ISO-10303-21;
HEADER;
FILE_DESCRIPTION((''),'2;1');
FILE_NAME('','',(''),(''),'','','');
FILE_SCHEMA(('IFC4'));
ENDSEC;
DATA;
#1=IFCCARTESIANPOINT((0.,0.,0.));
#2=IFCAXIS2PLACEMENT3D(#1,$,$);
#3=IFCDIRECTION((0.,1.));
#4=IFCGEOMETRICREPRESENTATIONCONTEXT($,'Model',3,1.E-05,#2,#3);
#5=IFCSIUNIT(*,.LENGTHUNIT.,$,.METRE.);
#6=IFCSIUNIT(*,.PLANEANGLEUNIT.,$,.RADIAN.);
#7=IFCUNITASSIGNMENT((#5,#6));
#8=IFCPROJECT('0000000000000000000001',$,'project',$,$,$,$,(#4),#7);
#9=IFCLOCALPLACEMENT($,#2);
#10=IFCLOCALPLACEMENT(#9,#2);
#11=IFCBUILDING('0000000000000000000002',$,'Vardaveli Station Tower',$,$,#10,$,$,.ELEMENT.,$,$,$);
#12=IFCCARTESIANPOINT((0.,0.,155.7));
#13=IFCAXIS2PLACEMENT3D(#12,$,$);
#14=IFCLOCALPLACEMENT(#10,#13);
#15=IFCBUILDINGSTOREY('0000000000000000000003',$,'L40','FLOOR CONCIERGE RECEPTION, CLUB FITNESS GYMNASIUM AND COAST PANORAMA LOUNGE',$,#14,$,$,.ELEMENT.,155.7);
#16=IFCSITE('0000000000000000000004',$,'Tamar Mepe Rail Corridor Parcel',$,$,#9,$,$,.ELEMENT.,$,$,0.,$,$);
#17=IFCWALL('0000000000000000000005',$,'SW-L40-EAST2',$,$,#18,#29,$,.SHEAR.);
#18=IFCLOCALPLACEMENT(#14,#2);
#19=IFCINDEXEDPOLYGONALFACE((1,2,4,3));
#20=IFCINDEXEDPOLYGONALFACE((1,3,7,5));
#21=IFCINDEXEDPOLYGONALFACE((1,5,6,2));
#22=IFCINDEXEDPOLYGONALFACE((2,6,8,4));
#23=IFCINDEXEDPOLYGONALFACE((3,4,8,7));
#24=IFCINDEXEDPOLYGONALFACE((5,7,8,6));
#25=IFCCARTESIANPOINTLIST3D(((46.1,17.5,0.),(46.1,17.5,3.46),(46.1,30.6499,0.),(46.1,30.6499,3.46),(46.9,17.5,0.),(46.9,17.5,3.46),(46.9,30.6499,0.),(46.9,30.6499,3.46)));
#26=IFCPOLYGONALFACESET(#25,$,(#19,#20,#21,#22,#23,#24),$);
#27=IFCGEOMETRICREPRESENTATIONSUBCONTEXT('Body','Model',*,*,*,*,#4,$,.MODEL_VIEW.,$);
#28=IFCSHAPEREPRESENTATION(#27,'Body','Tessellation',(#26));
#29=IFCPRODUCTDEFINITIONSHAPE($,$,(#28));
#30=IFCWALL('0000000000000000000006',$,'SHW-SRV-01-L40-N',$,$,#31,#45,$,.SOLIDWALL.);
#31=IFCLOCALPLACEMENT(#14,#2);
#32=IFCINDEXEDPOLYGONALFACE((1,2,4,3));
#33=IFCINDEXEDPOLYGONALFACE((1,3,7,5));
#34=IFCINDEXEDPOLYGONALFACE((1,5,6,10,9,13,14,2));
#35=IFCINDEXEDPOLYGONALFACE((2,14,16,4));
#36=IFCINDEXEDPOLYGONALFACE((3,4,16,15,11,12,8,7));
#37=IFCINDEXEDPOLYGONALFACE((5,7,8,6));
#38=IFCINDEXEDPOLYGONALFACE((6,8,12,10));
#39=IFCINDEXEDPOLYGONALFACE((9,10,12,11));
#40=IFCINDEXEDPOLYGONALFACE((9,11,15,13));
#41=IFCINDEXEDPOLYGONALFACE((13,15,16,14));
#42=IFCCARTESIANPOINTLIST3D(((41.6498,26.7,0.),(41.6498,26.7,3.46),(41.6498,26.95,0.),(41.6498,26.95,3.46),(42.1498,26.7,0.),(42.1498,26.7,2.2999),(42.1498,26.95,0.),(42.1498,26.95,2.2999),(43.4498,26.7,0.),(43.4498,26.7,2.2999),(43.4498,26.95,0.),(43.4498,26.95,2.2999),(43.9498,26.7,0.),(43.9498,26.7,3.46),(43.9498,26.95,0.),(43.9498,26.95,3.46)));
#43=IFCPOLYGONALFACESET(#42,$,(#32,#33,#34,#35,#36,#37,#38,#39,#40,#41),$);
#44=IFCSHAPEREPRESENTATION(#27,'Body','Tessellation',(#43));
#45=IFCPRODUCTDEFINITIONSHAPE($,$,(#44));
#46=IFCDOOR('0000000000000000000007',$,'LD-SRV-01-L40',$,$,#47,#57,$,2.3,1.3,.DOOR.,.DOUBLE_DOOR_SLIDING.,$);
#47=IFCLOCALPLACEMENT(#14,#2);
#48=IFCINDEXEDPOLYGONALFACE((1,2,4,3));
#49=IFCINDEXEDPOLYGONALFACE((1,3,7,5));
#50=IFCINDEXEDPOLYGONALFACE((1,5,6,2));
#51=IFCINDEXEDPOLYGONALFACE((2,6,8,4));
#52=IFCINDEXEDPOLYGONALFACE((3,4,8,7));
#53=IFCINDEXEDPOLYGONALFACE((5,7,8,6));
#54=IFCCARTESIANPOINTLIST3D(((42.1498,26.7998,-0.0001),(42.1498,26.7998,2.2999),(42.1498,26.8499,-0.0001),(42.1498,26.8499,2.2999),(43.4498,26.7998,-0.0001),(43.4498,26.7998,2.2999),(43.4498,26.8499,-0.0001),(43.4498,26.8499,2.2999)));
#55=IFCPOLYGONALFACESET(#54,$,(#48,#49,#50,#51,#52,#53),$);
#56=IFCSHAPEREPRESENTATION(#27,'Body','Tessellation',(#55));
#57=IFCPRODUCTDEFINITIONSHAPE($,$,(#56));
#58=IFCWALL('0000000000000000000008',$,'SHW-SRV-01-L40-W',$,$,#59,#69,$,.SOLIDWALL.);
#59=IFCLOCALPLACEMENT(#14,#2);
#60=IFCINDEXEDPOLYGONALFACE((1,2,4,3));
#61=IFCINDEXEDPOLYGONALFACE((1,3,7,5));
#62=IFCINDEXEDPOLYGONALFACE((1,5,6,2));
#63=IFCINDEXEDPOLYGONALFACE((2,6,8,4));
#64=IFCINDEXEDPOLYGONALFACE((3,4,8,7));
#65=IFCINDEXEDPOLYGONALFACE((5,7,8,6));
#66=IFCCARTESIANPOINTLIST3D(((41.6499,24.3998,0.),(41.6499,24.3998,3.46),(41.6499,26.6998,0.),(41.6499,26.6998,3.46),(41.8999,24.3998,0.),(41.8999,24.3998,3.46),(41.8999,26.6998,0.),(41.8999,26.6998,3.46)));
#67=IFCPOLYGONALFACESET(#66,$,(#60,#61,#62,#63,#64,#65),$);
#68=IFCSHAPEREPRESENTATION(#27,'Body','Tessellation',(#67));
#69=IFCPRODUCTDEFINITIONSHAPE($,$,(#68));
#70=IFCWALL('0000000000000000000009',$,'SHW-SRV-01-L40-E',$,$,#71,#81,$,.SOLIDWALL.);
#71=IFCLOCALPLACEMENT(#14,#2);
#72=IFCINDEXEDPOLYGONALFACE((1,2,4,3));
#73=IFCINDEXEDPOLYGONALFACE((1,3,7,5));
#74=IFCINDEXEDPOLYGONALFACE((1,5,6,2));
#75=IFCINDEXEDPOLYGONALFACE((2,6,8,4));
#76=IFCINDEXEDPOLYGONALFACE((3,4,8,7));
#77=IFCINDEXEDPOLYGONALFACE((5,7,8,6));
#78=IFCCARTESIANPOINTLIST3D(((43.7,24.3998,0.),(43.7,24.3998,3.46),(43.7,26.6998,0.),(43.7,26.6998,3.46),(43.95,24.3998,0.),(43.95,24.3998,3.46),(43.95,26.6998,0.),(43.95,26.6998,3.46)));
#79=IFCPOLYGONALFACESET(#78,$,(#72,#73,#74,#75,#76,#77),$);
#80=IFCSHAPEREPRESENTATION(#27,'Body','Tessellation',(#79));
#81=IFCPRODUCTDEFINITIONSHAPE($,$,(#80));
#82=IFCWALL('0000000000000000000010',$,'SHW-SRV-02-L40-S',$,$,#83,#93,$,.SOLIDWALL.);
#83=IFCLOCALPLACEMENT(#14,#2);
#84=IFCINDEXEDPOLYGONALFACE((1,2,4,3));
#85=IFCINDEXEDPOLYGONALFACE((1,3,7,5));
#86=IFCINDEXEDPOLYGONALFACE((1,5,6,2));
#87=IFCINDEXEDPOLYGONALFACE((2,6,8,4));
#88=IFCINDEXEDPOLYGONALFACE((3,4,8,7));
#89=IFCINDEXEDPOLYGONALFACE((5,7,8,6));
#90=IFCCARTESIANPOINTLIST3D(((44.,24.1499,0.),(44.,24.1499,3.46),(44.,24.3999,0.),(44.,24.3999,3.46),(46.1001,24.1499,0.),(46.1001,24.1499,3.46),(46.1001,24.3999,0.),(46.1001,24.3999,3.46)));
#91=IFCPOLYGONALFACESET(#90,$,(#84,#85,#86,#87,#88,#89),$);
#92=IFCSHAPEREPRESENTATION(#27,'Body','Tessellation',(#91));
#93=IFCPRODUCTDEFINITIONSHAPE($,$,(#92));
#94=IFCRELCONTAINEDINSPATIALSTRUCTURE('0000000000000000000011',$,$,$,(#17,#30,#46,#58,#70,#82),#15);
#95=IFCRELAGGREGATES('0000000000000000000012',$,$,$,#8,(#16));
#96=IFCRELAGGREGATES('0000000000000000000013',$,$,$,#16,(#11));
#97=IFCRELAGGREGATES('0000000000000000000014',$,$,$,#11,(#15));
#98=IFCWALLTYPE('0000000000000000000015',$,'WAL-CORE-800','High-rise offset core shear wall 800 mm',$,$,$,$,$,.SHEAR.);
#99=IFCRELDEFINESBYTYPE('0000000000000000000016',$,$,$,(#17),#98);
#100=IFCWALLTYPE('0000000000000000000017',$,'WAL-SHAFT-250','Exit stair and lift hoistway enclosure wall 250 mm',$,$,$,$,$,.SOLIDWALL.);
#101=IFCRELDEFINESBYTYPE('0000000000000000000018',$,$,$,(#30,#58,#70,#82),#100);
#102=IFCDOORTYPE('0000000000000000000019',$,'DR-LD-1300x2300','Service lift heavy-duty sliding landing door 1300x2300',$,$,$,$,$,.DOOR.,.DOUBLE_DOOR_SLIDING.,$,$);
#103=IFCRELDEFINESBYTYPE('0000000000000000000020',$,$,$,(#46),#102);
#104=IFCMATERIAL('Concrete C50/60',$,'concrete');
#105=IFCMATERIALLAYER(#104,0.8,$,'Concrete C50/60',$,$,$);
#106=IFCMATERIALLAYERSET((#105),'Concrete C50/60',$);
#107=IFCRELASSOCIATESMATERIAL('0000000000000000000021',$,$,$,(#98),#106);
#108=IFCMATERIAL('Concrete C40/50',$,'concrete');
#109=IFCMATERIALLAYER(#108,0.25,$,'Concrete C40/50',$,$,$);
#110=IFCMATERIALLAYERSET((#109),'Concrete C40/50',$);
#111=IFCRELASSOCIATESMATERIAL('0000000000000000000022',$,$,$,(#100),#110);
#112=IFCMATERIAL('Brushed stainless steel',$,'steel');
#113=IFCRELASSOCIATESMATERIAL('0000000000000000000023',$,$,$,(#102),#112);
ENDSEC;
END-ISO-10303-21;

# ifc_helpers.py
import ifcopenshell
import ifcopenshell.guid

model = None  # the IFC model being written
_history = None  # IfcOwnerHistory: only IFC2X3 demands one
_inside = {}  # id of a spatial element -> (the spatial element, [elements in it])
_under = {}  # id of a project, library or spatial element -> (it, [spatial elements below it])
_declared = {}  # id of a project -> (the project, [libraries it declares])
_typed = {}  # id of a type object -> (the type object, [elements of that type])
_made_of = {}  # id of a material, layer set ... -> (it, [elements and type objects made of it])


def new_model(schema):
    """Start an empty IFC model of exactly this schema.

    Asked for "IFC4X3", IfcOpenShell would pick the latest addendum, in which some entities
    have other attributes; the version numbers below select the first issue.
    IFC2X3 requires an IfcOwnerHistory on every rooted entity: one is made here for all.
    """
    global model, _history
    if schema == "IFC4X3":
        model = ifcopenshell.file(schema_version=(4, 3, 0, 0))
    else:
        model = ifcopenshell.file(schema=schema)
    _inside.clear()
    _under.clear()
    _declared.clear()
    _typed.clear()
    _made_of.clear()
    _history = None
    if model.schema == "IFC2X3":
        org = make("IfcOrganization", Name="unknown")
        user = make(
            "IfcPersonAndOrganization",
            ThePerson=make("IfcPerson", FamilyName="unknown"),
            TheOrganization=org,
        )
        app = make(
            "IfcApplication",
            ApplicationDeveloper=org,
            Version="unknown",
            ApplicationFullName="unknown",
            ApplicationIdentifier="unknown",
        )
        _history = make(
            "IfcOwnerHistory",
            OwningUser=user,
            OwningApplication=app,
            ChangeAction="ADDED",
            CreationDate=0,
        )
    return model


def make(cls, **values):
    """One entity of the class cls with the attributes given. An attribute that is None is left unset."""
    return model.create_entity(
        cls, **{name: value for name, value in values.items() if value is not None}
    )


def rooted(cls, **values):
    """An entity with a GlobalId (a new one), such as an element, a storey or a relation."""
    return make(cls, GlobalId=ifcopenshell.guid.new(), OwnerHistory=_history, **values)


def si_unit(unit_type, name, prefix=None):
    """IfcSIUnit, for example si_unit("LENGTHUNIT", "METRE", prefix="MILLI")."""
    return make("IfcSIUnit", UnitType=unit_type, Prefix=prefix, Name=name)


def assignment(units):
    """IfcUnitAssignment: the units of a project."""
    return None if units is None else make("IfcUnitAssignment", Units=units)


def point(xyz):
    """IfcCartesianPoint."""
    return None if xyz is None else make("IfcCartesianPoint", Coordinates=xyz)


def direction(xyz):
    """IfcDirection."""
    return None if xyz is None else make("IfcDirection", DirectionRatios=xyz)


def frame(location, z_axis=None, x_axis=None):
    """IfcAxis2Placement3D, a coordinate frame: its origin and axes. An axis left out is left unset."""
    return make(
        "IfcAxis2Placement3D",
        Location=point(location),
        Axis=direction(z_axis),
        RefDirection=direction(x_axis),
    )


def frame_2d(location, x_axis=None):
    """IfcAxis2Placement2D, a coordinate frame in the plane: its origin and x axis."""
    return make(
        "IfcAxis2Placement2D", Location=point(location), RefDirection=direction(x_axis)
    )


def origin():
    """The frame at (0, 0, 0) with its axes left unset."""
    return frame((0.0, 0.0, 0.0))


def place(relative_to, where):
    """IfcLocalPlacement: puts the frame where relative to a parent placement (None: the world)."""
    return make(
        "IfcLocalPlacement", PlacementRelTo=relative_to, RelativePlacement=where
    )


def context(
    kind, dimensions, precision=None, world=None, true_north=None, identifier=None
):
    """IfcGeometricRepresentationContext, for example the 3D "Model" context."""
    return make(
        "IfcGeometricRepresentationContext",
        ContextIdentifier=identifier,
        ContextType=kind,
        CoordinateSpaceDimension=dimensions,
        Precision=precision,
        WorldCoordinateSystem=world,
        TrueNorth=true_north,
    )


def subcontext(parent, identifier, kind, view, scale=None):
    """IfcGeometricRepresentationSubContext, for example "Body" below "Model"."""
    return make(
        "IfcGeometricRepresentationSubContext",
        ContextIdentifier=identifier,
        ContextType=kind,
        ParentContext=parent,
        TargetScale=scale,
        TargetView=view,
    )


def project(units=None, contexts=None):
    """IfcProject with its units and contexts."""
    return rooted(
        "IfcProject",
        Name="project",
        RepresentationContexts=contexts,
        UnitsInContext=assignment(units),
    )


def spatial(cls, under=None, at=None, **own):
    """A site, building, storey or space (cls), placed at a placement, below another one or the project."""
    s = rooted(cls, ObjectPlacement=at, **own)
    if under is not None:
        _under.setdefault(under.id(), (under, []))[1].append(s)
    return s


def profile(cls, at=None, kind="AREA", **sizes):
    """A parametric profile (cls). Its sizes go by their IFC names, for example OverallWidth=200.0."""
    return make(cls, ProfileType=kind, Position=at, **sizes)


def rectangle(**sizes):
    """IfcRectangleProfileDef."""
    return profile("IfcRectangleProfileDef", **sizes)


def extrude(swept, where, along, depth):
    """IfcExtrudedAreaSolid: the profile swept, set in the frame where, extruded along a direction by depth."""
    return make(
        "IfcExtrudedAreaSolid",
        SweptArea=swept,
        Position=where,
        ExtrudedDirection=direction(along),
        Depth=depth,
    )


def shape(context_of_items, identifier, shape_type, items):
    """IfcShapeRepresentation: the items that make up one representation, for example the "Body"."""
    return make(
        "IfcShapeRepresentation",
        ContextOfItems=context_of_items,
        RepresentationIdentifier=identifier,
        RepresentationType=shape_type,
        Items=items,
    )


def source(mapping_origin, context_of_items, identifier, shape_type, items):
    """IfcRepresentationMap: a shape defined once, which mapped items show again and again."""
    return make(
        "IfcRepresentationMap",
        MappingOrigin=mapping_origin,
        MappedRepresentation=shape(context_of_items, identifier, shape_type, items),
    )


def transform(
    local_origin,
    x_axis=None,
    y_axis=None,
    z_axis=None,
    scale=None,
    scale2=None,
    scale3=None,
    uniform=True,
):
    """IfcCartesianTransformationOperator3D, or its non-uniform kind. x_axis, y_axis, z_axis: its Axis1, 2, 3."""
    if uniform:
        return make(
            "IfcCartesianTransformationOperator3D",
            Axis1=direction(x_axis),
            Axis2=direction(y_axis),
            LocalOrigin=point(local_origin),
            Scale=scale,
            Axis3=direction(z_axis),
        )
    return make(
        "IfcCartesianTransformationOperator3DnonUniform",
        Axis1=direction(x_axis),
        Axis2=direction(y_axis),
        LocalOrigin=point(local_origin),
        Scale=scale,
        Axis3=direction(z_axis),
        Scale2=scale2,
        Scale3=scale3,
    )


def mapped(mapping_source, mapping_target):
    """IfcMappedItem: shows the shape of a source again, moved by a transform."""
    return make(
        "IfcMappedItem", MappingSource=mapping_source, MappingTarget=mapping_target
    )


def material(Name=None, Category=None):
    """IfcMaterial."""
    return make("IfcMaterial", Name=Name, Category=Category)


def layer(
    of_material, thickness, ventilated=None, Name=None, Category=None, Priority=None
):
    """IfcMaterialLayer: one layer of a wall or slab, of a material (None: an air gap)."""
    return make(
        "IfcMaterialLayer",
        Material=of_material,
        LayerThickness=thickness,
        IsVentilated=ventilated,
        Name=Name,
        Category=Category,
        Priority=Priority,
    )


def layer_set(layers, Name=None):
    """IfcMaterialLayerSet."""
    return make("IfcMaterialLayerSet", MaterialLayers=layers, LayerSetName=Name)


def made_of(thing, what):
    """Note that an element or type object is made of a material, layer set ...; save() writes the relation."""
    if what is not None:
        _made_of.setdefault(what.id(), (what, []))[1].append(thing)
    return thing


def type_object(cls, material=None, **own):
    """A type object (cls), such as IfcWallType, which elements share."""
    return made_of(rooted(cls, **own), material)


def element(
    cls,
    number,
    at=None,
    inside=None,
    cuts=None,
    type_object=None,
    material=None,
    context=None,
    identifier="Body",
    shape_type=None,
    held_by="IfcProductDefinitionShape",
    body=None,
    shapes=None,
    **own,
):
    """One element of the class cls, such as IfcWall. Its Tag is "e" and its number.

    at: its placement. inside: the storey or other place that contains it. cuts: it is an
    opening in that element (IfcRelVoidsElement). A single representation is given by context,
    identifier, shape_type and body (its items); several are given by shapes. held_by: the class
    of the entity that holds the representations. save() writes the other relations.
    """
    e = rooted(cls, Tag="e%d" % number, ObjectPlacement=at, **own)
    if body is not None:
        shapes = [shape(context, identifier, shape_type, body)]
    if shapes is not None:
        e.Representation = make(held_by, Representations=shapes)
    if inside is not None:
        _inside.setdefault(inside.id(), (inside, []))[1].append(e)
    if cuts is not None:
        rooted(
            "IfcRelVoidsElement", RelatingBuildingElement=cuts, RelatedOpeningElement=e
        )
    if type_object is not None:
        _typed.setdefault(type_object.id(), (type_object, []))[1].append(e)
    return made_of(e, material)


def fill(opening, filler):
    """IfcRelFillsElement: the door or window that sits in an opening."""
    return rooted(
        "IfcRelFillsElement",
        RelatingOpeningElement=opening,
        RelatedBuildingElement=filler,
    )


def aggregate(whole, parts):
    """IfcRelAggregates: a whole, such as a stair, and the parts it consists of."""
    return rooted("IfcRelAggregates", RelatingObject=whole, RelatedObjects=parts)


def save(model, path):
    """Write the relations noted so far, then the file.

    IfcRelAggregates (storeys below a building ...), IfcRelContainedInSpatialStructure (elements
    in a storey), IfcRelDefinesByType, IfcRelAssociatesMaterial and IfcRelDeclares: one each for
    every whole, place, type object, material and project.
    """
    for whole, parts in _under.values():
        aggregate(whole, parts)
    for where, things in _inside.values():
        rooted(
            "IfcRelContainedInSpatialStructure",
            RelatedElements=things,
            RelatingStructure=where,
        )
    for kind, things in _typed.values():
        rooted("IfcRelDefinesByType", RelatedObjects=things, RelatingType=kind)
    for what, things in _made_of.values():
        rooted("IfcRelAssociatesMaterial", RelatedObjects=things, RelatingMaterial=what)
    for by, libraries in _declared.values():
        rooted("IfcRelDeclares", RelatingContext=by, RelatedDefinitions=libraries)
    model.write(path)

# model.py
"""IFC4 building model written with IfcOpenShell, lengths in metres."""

from ifc_helpers import new_model, si_unit, direction, frame, frame_2d, origin, place, context, subcontext, project, spatial, rectangle, extrude, source, transform, mapped, material, layer, layer_set, type_object, element, fill, save


model = new_model("IFC4")

# Units and contexts
model_context = context("Model", 3, precision=1e-05, world=origin(), true_north=direction((0.0, 1.0)))
body_context = subcontext(model_context, "Body", "Model", "MODEL_VIEW")
ifc_project = project(units=[si_unit("LENGTHUNIT", "METRE"), si_unit("PLANEANGLEUNIT", "RADIAN")], contexts=[model_context])

# Site, building, storey
site_placement = place(None, origin())
site = spatial("IfcSite", under=ifc_project, at=site_placement, Name="Tamar Mepe Rail Corridor Parcel", CompositionType="ELEMENT", RefElevation=0.0)
building_placement = place(site_placement, origin())
building = spatial("IfcBuilding", under=site, at=building_placement, Name="Vardaveli Station Tower", CompositionType="ELEMENT")
storey_placement = place(building_placement, frame((0.0, 0.0, 155.7)))
storey = spatial("IfcBuildingStorey", under=building, at=storey_placement, Name="L40", Description="FLOOR CONCIERGE RECEPTION, CLUB FITNESS GYMNASIUM AND COAST PANORAMA LOUNGE", CompositionType="ELEMENT", Elevation=155.7)

# Wall
ifc_material_1 = material(Name="Concrete C50/60", Category="concrete")
ifc_layer_1 = layer(ifc_material_1, 0.8, Name="Concrete C50/60")
ifc_layer_set_1 = layer_set([ifc_layer_1], Name="Concrete C50/60")
wall_type_1 = type_object("IfcWallType", Name="WAL-CORE-800", Description="High-rise offset core shear wall 800 mm", PredefinedType="SHEAR", material=ifc_layer_set_1)
shared_shape_1 = source(origin(), body_context, "Body", "SweptSolid", [
    extrude(rectangle(XDim=13.1499, YDim=0.8, at=frame_2d((6.575, 0.0))), origin(), (0.0, 0.0, 1.0), 3.46),
])
wall_1_placement = place(storey_placement, frame((46.5, 17.5, 0.0), z_axis=(0.0, 0.0, 1.0), x_axis=(0.0, 1.0, 0.0)))
element("IfcWall", 1, at=wall_1_placement, inside=storey, type_object=wall_type_1, Name="SW-L40-EAST2", PredefinedType="SHEAR", context=body_context, shape_type="MappedRepresentation", body=[
    mapped(shared_shape_1, transform((0.0, 0.0, 0.0), scale=1.0)),
])

# Wall, opening, door
ifc_material_2 = material(Name="Concrete C40/50", Category="concrete")
ifc_layer_2 = layer(ifc_material_2, 0.25, Name="Concrete C40/50")
ifc_layer_set_2 = layer_set([ifc_layer_2], Name="Concrete C40/50")
wall_type_2 = type_object("IfcWallType", Name="WAL-SHAFT-250", Description="Exit stair and lift hoistway enclosure wall 250 mm", PredefinedType="SOLIDWALL", material=ifc_layer_set_2)
shared_shape_2 = source(origin(), body_context, "Body", "SweptSolid", [
    extrude(rectangle(XDim=2.3, YDim=0.25, at=frame_2d((1.1499, 0.0))), origin(), (0.0, 0.0, 1.0), 3.46),
])
wall_2_placement = place(storey_placement, frame((41.6499, 26.825, 0.0), z_axis=(0.0, 0.0, 1.0), x_axis=(1.0, 0.0, 0.0)))
wall_2 = element("IfcWall", 2, at=wall_2_placement, inside=storey, type_object=wall_type_2, Name="SHW-SRV-01-L40-N", PredefinedType="SOLIDWALL", context=body_context, shape_type="MappedRepresentation", body=[
    mapped(shared_shape_2, transform((0.0, 0.0, 0.0), scale=1.0)),
])
shared_shape_3 = source(origin(), body_context, "Body", "SweptSolid", [
    extrude(rectangle(XDim=1.3, YDim=2.3, at=frame_2d((0.6499, 1.1499))), frame((0.0, 0.135, 0.0), z_axis=(0.0, -1.0, 0.0), x_axis=(1.0, 0.0, 0.0)), (0.0, 0.0, 1.0), 0.27),
])
opening_placement = place(wall_2_placement, frame((0.5, 0.0, 0.0)))
opening = element("IfcOpeningElement", 3, at=opening_placement, cuts=wall_2, PredefinedType="OPENING", context=body_context, shape_type="MappedRepresentation", body=[
    mapped(shared_shape_3, transform((0.0, 0.0, 0.0), scale=1.0)),
])
ifc_material_3 = material(Name="Brushed stainless steel", Category="steel")
door_type = type_object("IfcDoorType", Name="DR-LD-1300x2300", Description="Service lift heavy-duty sliding landing door 1300x2300", OperationType="DOUBLE_DOOR_SLIDING", PredefinedType="DOOR", material=ifc_material_3)
shared_shape_4 = source(origin(), body_context, "Body", "SweptSolid", [
    extrude(rectangle(XDim=1.3, YDim=2.3, at=frame_2d((0.6499, 1.1499))), frame((0.0, 0.0249, 0.0), z_axis=(0.0, -1.0, 0.0), x_axis=(1.0, 0.0, 0.0)), (0.0, 0.0, 1.0), 0.05),
])
door_placement = place(opening_placement, origin())
door = element("IfcDoor", 4, at=door_placement, inside=storey, type_object=door_type, Name="LD-SRV-01-L40", OperationType="DOUBLE_DOOR_SLIDING", OverallHeight=2.3, OverallWidth=1.3, PredefinedType="DOOR", context=body_context, shape_type="MappedRepresentation", body=[
    mapped(shared_shape_4, transform((0.0, 0.0, 0.0), scale=1.0)),
])
fill(opening, door)

# Walls
for number, where, z_axis, x_axis, name in (
    (5, (41.7749, 24.3999, 0.0), (0.0, 0.0, 1.0), (0.0, 1.0, 0.0), "SHW-SRV-01-L40-W"),
    (6, (43.825, 24.3999, 0.0), (0.0, 0.0, 1.0), (0.0, 1.0, 0.0), "SHW-SRV-01-L40-E"),
):
    element("IfcWall", number, at=place(storey_placement, frame(where, z_axis=z_axis, x_axis=x_axis)), inside=storey, type_object=wall_type_2, Name=name, PredefinedType="SOLIDWALL", context=body_context, shape_type="MappedRepresentation", body=[
        mapped(shared_shape_2, transform((0.0, 0.0, 0.0), scale=1.0)),
    ])
shared_shape_5 = source(origin(), body_context, "Body", "SweptSolid", [
    extrude(rectangle(XDim=2.1001, YDim=0.25, at=frame_2d((1.05, 0.0))), origin(), (0.0, 0.0, 1.0), 3.46),
])
wall_3_placement = place(storey_placement, frame((44.0, 24.2749, 0.0), z_axis=(0.0, 0.0, 1.0), x_axis=(1.0, 0.0, 0.0)))
element("IfcWall", 7, at=wall_3_placement, inside=storey, type_object=wall_type_2, Name="SHW-SRV-02-L40-S", PredefinedType="SOLIDWALL", context=body_context, shape_type="MappedRepresentation", body=[
    mapped(shared_shape_5, transform((0.0, 0.0, 0.0), scale=1.0)),
])

save(model, "model.ifc")
